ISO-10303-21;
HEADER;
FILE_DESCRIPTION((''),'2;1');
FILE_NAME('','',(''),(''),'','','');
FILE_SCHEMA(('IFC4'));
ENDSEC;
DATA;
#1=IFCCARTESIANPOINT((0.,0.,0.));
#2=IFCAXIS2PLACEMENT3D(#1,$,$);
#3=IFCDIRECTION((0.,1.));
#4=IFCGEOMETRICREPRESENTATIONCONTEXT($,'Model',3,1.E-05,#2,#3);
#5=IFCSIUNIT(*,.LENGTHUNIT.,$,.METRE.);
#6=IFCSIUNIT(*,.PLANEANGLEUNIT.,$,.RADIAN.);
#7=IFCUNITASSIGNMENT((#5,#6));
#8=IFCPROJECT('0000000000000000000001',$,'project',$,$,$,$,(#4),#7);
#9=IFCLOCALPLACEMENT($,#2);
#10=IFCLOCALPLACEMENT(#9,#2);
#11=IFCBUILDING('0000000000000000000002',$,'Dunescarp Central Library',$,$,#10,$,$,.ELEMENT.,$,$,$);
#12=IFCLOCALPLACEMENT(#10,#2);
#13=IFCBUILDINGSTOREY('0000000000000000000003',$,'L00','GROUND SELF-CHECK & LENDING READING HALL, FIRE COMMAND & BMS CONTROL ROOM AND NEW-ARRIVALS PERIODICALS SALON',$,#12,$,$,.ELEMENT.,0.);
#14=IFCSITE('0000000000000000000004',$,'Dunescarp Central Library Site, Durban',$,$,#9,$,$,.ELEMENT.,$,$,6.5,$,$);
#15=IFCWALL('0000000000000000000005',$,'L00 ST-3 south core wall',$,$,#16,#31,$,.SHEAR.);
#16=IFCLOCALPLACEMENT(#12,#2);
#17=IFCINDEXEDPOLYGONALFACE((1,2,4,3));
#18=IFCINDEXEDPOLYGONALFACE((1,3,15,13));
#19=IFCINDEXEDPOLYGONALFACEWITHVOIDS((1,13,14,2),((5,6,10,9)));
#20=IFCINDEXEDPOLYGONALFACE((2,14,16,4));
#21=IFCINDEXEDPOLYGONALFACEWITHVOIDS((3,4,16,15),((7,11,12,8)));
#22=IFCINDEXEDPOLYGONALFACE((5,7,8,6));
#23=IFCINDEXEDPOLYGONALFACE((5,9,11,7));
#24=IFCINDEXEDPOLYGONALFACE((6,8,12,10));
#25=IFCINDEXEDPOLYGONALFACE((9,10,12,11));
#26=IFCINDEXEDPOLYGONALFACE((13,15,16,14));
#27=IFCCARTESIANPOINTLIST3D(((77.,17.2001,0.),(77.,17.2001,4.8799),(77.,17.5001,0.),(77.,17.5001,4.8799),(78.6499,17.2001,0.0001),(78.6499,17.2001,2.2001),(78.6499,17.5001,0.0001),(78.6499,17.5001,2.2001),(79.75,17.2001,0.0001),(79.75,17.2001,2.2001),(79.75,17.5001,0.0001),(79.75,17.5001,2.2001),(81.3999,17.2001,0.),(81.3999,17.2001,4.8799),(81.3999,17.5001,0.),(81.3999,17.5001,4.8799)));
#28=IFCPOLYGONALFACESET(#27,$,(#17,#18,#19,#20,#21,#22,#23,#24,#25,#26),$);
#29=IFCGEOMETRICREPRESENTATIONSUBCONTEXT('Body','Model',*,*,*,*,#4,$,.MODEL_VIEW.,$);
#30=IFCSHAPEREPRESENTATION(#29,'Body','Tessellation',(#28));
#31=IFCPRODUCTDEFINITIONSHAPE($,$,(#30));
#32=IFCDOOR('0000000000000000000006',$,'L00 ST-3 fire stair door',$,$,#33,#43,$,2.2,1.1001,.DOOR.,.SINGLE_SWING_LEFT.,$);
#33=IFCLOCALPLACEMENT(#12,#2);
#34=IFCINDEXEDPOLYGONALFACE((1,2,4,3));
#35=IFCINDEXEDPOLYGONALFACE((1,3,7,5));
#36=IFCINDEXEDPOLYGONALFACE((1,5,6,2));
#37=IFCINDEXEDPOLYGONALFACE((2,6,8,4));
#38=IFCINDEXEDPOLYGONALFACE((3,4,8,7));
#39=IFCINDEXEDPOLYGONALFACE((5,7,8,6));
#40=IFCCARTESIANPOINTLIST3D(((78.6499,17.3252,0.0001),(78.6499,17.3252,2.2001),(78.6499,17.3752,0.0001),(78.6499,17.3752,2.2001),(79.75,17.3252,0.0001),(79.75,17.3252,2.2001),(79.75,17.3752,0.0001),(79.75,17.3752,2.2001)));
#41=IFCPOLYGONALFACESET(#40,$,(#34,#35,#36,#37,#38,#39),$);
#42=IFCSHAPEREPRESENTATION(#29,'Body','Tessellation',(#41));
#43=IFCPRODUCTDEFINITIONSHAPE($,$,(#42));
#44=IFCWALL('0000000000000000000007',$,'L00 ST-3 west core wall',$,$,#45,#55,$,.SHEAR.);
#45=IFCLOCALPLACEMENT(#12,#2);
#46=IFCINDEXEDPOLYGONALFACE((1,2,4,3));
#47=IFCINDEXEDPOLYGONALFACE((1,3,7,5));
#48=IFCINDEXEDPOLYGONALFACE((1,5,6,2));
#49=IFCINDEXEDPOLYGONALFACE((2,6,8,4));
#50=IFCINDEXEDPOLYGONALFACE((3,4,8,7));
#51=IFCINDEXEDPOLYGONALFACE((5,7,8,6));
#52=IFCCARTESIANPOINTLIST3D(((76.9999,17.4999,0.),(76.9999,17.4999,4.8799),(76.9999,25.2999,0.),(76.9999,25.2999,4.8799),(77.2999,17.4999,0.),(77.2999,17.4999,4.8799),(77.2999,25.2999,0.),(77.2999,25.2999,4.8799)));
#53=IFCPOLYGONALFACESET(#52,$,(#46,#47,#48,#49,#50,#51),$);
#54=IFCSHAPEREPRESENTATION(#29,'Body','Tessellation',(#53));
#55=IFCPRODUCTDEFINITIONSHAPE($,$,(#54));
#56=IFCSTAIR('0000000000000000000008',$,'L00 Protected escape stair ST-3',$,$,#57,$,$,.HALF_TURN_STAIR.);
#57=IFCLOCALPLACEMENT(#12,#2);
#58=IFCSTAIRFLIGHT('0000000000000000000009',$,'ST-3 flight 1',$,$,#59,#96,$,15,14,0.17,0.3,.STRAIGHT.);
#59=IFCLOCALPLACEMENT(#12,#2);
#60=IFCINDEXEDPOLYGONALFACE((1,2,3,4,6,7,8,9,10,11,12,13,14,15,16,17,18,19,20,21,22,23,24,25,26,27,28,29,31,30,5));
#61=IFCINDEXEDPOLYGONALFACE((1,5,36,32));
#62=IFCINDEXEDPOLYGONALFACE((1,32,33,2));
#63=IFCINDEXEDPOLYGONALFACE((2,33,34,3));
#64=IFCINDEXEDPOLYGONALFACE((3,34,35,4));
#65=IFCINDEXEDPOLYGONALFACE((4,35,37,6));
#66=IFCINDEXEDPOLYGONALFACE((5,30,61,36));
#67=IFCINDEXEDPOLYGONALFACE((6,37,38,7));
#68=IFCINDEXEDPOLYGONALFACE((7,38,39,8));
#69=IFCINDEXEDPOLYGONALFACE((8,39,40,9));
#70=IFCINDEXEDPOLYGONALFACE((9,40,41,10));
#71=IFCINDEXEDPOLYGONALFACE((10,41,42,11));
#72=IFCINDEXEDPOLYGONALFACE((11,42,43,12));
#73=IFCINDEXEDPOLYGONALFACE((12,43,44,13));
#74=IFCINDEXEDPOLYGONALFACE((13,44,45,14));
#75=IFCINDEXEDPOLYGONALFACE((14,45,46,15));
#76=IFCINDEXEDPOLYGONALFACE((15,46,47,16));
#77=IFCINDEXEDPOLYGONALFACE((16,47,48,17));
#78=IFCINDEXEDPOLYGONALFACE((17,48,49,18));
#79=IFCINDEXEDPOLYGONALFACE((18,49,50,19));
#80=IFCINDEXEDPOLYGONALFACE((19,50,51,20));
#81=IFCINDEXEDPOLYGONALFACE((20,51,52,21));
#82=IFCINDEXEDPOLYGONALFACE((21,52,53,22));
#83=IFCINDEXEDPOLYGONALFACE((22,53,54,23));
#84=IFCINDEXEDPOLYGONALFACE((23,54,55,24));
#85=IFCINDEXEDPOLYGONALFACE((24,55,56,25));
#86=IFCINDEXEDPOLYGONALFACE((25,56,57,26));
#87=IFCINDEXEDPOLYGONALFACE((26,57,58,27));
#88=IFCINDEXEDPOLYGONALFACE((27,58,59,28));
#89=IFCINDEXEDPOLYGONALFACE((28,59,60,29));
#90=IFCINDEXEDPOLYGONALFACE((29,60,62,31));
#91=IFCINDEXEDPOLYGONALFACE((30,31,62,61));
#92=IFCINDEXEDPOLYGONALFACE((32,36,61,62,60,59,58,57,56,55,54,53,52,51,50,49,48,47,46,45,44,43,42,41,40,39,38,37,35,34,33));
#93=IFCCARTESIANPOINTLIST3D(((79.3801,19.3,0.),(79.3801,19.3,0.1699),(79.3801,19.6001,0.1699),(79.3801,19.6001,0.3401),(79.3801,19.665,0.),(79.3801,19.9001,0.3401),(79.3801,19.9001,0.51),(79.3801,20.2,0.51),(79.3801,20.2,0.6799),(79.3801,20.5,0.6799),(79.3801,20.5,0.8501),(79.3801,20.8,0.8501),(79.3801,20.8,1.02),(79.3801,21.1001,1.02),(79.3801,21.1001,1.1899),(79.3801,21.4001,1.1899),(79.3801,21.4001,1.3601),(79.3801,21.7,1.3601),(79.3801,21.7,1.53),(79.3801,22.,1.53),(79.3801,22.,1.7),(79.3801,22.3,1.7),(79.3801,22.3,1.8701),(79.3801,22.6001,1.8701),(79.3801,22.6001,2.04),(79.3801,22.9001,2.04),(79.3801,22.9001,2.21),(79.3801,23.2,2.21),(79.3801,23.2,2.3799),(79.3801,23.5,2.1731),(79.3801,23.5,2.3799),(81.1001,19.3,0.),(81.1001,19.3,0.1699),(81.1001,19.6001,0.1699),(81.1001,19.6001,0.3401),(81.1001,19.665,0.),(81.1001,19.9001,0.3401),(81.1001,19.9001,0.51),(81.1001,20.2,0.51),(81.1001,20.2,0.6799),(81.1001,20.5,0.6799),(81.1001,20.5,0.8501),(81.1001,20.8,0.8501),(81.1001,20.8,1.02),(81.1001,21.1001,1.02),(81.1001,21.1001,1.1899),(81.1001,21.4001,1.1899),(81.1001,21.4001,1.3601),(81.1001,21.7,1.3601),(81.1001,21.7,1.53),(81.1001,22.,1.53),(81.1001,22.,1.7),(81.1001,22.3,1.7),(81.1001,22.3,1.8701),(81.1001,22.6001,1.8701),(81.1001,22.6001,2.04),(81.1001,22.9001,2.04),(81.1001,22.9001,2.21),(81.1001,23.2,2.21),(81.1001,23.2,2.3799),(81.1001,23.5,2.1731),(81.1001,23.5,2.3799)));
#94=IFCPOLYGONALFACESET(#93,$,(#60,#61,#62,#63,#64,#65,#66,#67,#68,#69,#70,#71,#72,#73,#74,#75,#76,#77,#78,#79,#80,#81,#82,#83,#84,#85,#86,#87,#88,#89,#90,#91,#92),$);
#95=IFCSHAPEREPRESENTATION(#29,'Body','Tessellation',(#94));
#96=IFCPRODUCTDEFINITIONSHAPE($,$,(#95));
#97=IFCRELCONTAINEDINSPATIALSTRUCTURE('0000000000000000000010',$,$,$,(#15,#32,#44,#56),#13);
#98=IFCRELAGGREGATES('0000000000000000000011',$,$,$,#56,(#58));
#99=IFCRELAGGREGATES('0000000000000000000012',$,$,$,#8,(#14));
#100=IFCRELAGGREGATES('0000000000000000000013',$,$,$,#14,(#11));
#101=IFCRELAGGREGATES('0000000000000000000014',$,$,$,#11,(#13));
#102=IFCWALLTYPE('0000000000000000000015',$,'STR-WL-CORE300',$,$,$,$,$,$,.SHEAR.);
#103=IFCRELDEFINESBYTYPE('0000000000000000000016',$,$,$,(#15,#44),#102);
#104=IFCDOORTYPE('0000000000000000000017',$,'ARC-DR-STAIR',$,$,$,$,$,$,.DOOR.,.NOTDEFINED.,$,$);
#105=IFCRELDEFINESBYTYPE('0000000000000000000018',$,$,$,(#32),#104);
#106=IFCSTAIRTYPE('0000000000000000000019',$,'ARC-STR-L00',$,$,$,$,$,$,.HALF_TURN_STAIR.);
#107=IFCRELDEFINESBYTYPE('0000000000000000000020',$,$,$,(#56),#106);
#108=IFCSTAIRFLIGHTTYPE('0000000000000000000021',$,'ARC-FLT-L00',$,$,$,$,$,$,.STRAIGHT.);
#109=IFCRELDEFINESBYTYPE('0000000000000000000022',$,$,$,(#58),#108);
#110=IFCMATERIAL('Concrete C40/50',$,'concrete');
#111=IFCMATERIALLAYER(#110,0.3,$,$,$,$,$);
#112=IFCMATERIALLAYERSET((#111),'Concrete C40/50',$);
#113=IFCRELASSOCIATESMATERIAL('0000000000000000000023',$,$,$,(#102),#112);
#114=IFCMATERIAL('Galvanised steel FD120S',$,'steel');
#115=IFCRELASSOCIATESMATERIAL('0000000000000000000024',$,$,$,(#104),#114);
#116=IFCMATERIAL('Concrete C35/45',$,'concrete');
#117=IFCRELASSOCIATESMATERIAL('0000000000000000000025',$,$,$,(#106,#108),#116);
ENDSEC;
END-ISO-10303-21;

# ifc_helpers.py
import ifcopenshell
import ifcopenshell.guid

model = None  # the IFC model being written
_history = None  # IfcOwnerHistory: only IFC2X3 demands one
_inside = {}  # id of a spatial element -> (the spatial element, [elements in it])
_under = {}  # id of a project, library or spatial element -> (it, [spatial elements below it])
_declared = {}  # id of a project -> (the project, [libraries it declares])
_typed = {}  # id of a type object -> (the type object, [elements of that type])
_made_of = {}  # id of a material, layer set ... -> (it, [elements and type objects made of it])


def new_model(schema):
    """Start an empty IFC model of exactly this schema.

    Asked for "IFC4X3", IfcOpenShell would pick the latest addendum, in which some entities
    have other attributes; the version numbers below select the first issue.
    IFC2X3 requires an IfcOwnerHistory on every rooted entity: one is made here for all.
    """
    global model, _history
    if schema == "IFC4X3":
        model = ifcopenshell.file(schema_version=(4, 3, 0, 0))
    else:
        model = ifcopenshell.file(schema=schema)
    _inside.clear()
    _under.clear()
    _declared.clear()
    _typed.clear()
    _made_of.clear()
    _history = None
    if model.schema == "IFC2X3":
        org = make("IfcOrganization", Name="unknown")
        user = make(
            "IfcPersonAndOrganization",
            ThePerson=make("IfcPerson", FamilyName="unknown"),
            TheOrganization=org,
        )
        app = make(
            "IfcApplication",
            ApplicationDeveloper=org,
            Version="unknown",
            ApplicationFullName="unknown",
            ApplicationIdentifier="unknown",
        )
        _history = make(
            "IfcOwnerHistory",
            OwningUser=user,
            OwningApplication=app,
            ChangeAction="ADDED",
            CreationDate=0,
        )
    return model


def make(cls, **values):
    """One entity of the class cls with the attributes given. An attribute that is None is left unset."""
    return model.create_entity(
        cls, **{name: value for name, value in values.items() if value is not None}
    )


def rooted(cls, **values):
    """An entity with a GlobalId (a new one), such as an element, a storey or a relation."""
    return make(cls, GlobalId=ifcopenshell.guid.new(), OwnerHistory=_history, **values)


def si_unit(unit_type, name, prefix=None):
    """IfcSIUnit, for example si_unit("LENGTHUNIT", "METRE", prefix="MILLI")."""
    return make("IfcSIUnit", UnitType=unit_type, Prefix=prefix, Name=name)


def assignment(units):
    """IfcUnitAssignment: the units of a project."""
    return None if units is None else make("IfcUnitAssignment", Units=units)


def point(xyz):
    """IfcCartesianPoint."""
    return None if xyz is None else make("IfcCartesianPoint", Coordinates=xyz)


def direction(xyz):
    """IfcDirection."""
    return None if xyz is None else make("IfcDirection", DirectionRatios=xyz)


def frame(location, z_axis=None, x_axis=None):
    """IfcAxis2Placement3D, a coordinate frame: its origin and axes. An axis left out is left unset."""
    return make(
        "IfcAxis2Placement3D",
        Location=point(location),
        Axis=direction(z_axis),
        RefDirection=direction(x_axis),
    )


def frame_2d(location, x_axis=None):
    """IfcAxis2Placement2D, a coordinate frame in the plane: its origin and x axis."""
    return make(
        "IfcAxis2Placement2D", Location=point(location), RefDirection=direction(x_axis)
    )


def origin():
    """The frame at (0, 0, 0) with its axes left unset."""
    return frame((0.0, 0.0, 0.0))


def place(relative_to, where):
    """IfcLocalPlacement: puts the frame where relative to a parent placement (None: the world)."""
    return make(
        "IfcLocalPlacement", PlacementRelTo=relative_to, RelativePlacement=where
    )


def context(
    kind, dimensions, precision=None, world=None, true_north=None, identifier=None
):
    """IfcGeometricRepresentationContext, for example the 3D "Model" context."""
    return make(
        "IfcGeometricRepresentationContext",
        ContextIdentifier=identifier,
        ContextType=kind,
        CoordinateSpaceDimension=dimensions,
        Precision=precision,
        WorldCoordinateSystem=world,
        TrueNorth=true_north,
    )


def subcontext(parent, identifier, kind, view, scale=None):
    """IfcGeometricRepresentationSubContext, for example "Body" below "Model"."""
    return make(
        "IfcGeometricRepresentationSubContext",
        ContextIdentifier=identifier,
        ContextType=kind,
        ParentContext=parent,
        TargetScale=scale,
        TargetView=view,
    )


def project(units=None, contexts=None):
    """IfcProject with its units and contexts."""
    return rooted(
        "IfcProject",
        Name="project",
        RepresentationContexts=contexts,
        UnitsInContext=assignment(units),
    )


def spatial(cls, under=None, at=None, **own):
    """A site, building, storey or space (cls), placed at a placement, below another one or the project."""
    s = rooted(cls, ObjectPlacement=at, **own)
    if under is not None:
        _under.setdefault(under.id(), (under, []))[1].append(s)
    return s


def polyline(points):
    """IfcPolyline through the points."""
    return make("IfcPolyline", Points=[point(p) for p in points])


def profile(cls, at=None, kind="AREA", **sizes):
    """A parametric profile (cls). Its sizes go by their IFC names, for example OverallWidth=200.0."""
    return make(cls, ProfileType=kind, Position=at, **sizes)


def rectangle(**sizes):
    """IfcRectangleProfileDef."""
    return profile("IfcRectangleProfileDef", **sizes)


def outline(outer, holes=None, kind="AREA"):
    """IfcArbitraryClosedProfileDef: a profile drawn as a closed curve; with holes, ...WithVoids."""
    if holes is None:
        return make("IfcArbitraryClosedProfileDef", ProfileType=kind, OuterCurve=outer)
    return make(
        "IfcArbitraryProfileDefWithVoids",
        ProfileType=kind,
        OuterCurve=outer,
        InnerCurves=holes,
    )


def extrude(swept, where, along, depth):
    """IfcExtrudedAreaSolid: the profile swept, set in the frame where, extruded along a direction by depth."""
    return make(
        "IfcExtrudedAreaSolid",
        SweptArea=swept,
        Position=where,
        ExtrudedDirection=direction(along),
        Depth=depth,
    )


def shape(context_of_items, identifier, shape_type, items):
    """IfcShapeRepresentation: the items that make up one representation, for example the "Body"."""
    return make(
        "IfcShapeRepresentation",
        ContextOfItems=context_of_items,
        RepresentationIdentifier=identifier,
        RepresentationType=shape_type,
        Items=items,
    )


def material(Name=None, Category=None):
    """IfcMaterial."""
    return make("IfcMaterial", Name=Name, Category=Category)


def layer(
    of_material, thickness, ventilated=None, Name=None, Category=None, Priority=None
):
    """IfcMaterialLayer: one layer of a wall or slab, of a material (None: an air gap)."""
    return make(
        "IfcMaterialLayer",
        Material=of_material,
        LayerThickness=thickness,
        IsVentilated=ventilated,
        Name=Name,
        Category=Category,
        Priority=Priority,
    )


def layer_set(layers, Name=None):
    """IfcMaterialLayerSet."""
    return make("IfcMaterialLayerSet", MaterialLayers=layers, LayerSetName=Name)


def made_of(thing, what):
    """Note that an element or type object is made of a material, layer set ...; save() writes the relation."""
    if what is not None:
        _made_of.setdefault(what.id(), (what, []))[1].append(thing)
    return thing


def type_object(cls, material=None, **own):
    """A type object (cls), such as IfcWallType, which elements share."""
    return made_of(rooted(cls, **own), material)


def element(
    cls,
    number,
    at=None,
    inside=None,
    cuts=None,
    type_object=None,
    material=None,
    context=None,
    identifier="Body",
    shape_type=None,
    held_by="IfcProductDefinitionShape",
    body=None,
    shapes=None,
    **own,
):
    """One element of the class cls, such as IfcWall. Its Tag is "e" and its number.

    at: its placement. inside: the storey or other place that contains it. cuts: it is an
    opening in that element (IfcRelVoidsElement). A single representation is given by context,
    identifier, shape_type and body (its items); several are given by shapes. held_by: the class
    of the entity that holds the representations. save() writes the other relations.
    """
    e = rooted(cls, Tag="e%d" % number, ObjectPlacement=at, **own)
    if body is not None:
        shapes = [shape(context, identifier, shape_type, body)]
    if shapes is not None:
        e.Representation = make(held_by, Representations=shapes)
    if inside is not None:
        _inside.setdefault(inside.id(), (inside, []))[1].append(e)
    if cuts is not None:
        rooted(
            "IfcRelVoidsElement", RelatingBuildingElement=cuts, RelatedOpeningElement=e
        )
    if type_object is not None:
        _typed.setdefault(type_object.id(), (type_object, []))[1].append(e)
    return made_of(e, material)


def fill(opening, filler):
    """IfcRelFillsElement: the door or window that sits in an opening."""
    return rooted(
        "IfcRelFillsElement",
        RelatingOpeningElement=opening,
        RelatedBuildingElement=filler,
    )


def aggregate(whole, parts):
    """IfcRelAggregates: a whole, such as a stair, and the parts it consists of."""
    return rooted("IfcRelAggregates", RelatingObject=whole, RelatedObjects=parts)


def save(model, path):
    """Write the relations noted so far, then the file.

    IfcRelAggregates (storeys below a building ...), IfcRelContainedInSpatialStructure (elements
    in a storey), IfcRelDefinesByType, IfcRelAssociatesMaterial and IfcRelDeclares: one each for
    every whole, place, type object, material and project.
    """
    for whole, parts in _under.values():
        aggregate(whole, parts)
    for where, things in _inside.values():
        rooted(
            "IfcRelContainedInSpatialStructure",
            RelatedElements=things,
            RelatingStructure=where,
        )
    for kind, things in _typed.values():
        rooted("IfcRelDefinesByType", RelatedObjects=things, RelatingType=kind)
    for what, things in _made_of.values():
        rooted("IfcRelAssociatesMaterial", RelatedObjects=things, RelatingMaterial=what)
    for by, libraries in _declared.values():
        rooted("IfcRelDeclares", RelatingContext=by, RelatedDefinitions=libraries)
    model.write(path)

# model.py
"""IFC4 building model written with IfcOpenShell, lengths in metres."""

from ifc_helpers import new_model, si_unit, direction, frame, frame_2d, origin, place, context, subcontext, project, spatial, polyline, rectangle, outline, extrude, material, layer, layer_set, type_object, element, fill, aggregate, save


model = new_model("IFC4")

# Units and contexts
model_context = context("Model", 3, precision=1e-05, world=origin(), true_north=direction((0.0, 1.0)))
body_context = subcontext(model_context, "Body", "Model", "MODEL_VIEW")
ifc_project = project(units=[si_unit("LENGTHUNIT", "METRE"), si_unit("PLANEANGLEUNIT", "RADIAN")], contexts=[model_context])

# Site, building, storey
site_placement = place(None, origin())
site = spatial("IfcSite", under=ifc_project, at=site_placement, Name="Dunescarp Central Library Site, Durban", CompositionType="ELEMENT", RefElevation=6.5)
building_placement = place(site_placement, origin())
building = spatial("IfcBuilding", under=site, at=building_placement, Name="Dunescarp Central Library", CompositionType="ELEMENT")
storey_placement = place(building_placement, origin())
storey = spatial("IfcBuildingStorey", under=building, at=storey_placement, Name="L00", Description="GROUND SELF-CHECK & LENDING READING HALL, FIRE COMMAND & BMS CONTROL ROOM AND NEW-ARRIVALS PERIODICALS SALON", CompositionType="ELEMENT", Elevation=0.0)

# Shared definitions
ifc_material_1 = material(Name="Concrete C35/45", Category="concrete")
ifc_material_2 = material(Name="Concrete C40/50", Category="concrete")

# Wall, opening, door
ifc_layer_1 = layer(ifc_material_2, 0.3)
ifc_layer_set_1 = layer_set([ifc_layer_1], Name="Concrete C40/50")
wall_type_1 = type_object("IfcWallType", Name="STR-WL-CORE300", PredefinedType="SHEAR", material=ifc_layer_set_1)
wall_1_placement = place(storey_placement, frame((81.3999, 17.3501, 0.0), z_axis=(0.0, 0.0, 1.0), x_axis=(-1.0, 0.0, 0.0)))
wall_1 = element("IfcWall", 1, at=wall_1_placement, inside=storey, type_object=wall_type_1, Name="L00 ST-3 south core wall", PredefinedType="SHEAR", context=body_context, shape_type="SweptSolid", body=[
    extrude(rectangle(XDim=4.3999, YDim=0.3, at=frame_2d((2.2, 0.0))), origin(), (0.0, 0.0, 1.0), 4.8799),
])
opening_1_placement = place(wall_1_placement, frame((1.6499, 0.0, 0.0)))
opening_1 = element("IfcOpeningElement", 2, at=opening_1_placement, cuts=wall_1, PredefinedType="OPENING", context=body_context, shape_type="SweptSolid", body=[
    extrude(rectangle(XDim=1.1001, YDim=2.2, at=frame_2d((0.55, 1.1001))), frame((0.0, 0.1602, 0.0), z_axis=(0.0, -1.0, 0.0), x_axis=(1.0, 0.0, 0.0)), (0.0, 0.0, 1.0), 0.3201),
])
ifc_material_3 = material(Name="Galvanised steel FD120S", Category="steel")
door_type_1 = type_object("IfcDoorType", Name="ARC-DR-STAIR", OperationType="NOTDEFINED", PredefinedType="DOOR", material=ifc_material_3)
door_1_placement = place(opening_1_placement, origin())
door_1 = element("IfcDoor", 3, at=door_1_placement, inside=storey, type_object=door_type_1, Name="L00 ST-3 fire stair door", OperationType="SINGLE_SWING_LEFT", OverallHeight=2.2, OverallWidth=1.1001, PredefinedType="DOOR", context=body_context, shape_type="SweptSolid", body=[
    extrude(rectangle(XDim=1.1001, YDim=2.2, at=frame_2d((0.55, 1.1001))), frame((0.0, 0.0249, 0.0), z_axis=(0.0, -1.0, 0.0), x_axis=(1.0, 0.0, 0.0)), (0.0, 0.0, 1.0), 0.05),
])
fill(opening_1, door_1)

# Wall
wall_2_placement = place(storey_placement, frame((77.1499, 17.5, 0.0), z_axis=(0.0, 0.0, 1.0), x_axis=(0.0, 1.0, 0.0)))
element("IfcWall", 4, at=wall_2_placement, inside=storey, type_object=wall_type_1, Name="L00 ST-3 west core wall", PredefinedType="SHEAR", context=body_context, shape_type="SweptSolid", body=[
    extrude(rectangle(XDim=7.8, YDim=0.3, at=frame_2d((3.8999, 0.0))), origin(), (0.0, 0.0, 1.0), 4.8799),
])

# Stair, stair flight
stair_type = type_object("IfcStairType", Name="ARC-STR-L00", PredefinedType="HALF_TURN_STAIR", material=ifc_material_1)
stair_placement = place(storey_placement, origin())
stair = element("IfcStair", 5, at=stair_placement, inside=storey, type_object=stair_type, Name="L00 Protected escape stair ST-3", PredefinedType="HALF_TURN_STAIR")
stair_flight_type = type_object("IfcStairFlightType", Name="ARC-FLT-L00", PredefinedType="STRAIGHT", material=ifc_material_1)
stair_flight_placement = place(storey_placement, frame((80.24, 19.3, 0.0), z_axis=(0.0, 0.0, 1.0), x_axis=(0.0, 1.0, 0.0)))
stair_flight = element("IfcStairFlight", 6, at=stair_flight_placement, type_object=stair_flight_type, Name="ST-3 flight 1", NumberOfRisers=15, NumberOfTreads=14, PredefinedType="STRAIGHT", RiserHeight=0.17, TreadLength=0.3, context=body_context, shape_type="SweptSolid", body=[
    extrude(outline(polyline([(0.0, 0.0), (0.0, 0.1699), (0.3, 0.1699), (0.3, 0.3401), (0.6001, 0.3401), (0.6001, 0.51), (0.8999, 0.51), (0.8999, 0.6799), (1.2, 0.6799), (1.2, 0.8501), (1.5, 0.8501), (1.5, 1.02), (1.8, 1.02), (1.8, 1.1899), (2.1001, 1.1899), (2.1001, 1.3601), (2.3999, 1.3601), (2.3999, 1.53), (2.7, 1.53), (2.7, 1.7), (3.0, 1.7), (3.0, 1.8701), (3.3, 1.8701), (3.3, 2.04), (3.6001, 2.04), (3.6001, 2.21), (3.8999, 2.21), (3.8999, 2.3799), (4.2, 2.3799), (4.2, 2.55), (4.2, 2.1731), (0.365, 0.0), (0.0, 0.0)])), frame((0.0, 0.8599, 0.0), z_axis=(0.0, -1.0, 0.0), x_axis=(1.0, 0.0, 0.0)), (0.0, 0.0, 1.0), 1.72),
])
aggregate(stair, [stair_flight])

save(model, "model.ifc")
